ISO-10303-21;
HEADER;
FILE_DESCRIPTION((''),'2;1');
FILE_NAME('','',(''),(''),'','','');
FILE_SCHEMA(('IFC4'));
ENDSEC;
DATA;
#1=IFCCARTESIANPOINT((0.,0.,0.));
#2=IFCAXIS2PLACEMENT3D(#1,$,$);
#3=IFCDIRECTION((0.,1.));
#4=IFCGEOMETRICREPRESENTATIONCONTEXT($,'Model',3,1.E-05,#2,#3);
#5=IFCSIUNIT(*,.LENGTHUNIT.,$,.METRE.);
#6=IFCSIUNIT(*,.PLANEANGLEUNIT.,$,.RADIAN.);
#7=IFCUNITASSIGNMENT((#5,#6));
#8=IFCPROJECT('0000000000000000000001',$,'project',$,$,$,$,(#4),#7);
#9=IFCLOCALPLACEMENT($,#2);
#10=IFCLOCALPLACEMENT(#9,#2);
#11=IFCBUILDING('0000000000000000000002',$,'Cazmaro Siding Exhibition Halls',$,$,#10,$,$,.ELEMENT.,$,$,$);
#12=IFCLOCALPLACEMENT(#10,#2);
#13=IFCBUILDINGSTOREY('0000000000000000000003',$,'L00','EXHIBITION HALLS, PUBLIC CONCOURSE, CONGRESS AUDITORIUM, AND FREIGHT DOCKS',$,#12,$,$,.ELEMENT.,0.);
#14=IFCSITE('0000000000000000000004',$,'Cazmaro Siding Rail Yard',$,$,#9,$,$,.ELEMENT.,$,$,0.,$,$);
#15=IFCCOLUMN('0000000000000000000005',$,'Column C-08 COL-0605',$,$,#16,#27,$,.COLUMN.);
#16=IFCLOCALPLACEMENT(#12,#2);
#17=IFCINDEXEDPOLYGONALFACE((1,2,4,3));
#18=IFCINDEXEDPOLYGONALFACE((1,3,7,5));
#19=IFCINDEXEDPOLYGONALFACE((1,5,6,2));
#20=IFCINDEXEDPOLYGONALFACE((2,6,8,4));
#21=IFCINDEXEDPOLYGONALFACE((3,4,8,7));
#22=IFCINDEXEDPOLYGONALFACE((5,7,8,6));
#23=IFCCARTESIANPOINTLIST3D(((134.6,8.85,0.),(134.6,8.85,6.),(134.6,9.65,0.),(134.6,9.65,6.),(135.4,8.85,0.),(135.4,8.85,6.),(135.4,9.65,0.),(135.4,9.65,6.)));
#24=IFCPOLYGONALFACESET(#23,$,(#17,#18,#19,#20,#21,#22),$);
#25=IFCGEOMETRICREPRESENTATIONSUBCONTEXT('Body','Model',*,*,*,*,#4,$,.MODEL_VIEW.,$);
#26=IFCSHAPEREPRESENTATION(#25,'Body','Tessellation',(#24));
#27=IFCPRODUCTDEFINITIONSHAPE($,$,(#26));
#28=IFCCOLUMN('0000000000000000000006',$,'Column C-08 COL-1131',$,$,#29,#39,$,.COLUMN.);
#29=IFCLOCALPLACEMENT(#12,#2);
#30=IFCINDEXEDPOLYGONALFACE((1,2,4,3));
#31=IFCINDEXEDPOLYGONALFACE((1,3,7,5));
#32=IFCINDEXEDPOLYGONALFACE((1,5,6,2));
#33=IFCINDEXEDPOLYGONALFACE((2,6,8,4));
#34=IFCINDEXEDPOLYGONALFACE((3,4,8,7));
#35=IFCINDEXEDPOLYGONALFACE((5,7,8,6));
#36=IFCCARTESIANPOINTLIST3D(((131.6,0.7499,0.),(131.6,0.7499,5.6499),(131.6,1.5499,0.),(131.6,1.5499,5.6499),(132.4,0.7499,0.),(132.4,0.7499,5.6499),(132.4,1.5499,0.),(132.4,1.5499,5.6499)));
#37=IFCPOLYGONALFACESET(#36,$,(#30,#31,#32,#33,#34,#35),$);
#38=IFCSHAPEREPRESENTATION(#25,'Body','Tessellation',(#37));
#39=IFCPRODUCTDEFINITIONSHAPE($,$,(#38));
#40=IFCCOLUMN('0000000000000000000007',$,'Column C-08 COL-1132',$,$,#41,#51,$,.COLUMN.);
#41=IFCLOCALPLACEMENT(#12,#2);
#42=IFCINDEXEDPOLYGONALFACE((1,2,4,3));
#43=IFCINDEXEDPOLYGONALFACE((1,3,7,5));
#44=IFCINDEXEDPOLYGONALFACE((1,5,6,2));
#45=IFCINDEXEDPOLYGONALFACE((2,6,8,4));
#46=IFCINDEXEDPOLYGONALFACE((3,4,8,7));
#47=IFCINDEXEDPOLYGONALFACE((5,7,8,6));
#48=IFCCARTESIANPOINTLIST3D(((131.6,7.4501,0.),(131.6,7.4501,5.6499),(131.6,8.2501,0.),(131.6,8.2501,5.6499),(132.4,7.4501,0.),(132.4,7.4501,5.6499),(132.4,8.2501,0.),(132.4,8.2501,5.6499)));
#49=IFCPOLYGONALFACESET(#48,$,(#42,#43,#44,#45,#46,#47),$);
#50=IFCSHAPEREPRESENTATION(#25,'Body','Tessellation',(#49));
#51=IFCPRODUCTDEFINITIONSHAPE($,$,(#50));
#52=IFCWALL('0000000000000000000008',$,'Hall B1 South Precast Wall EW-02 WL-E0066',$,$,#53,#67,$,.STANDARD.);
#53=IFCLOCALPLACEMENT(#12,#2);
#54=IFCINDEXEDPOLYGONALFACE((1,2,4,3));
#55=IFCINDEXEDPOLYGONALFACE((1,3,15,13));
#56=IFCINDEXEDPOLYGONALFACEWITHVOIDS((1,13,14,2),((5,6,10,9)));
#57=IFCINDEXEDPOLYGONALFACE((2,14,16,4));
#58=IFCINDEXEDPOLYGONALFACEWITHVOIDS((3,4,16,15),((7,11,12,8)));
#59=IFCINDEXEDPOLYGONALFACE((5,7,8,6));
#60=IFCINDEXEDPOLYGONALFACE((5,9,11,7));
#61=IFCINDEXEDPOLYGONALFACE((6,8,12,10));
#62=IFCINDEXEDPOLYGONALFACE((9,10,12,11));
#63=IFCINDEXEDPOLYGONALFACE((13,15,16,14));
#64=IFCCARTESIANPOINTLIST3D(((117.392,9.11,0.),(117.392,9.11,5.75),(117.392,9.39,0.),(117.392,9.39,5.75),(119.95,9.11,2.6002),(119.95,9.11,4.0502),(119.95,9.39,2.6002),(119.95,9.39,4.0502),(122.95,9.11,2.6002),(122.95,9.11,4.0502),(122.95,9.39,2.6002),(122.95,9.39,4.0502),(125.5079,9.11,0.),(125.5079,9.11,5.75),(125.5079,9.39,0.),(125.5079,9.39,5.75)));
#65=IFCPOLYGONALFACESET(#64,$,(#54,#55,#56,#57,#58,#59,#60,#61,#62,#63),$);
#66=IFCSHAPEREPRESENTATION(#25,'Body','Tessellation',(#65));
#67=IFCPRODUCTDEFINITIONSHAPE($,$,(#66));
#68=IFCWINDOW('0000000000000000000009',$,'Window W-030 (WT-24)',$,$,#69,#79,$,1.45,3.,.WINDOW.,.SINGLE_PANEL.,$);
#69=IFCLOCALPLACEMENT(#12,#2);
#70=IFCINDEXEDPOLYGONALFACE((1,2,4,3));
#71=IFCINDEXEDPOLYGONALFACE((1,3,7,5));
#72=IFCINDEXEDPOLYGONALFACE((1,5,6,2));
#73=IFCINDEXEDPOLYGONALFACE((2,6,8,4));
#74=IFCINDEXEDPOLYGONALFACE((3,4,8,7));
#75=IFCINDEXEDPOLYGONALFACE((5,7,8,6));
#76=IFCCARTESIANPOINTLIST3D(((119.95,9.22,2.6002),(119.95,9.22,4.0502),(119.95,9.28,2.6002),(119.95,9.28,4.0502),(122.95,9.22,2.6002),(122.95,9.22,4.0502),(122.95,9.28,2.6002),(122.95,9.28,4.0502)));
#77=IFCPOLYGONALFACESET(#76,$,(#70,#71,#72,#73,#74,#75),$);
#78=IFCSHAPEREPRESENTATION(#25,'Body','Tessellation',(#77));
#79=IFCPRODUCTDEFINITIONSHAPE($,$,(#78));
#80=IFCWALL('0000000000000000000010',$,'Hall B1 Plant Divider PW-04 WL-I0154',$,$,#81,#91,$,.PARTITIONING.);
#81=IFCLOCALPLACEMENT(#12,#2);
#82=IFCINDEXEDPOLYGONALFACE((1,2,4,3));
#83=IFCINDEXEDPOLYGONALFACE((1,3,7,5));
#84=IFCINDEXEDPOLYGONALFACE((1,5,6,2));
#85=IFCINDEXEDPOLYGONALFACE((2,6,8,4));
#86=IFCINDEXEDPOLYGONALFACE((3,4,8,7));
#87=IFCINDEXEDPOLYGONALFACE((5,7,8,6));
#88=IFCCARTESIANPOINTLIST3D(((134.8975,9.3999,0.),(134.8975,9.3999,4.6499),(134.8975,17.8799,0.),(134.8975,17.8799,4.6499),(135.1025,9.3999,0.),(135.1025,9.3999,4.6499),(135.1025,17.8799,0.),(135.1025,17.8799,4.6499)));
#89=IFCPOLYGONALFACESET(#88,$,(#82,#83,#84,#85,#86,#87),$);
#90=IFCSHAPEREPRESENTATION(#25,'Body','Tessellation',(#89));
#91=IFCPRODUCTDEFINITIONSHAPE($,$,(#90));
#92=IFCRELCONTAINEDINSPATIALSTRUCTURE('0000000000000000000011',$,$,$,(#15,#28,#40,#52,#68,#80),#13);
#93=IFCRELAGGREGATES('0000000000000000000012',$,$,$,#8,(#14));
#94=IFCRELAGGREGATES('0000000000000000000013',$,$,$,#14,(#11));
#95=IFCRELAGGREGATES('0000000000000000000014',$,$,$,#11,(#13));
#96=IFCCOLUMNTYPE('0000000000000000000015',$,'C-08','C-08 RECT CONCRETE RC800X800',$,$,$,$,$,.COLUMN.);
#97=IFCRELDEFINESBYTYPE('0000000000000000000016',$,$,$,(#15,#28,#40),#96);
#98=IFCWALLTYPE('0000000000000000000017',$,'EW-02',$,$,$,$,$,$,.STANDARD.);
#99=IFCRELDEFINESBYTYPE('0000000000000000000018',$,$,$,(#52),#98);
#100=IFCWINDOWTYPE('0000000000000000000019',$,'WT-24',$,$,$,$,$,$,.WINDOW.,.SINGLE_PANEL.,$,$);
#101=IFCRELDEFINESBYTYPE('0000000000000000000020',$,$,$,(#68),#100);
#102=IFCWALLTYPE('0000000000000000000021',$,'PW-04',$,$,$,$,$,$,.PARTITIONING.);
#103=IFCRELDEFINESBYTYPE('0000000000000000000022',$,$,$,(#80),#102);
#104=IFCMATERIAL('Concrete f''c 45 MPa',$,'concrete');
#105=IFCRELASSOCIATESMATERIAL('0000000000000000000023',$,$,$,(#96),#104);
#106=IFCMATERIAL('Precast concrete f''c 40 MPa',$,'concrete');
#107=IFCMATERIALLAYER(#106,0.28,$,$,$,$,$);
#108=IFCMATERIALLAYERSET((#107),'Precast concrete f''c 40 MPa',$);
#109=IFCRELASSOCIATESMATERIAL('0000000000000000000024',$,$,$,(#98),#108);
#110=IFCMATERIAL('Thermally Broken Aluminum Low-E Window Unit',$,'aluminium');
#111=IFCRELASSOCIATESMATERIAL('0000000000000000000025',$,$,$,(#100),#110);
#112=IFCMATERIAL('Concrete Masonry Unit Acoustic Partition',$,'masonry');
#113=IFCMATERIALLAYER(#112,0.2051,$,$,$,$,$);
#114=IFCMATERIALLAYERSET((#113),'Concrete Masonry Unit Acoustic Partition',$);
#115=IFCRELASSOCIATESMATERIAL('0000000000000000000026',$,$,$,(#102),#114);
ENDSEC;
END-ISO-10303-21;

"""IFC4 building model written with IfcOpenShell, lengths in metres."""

from ifc_helpers import new_model, si_unit, direction, frame, frame_2d, origin, origin_2d, place, context, subcontext, project, spatial, rectangle, extrude, material, layer, layer_set, material_profile, profile_set, type_object, element, fill, save


model = new_model("IFC4")

# Units and contexts
model_context = context("Model", 3, precision=1e-05, world=origin(), true_north=direction((0.0, 1.0)))
body_context = subcontext(model_context, "Body", "Model", "MODEL_VIEW")
ifc_project = project(units=[si_unit("LENGTHUNIT", "METRE"), si_unit("PLANEANGLEUNIT", "RADIAN")], contexts=[model_context])

# Site, building, storey
site_placement = place(None, origin())
site = spatial("IfcSite", under=ifc_project, at=site_placement, Name="Cazmaro Siding Rail Yard", CompositionType="ELEMENT", RefElevation=0.0)
building_placement = place(site_placement, origin())
building = spatial("IfcBuilding", under=site, at=building_placement, Name="Cazmaro Siding Exhibition Halls", CompositionType="ELEMENT")
storey_placement = place(building_placement, origin())
storey = spatial("IfcBuildingStorey", under=building, at=storey_placement, Name="L00", Description="EXHIBITION HALLS, PUBLIC CONCOURSE, CONGRESS AUDITORIUM, AND FREIGHT DOCKS", CompositionType="ELEMENT", Elevation=0.0)

# Columns
ifc_material_1 = material(Name="Concrete f'c 45 MPa", Category="concrete")
ifc_material_profile_1 = material_profile(ifc_material_1, rectangle(XDim=0.8, YDim=0.8, at=origin_2d()), Name="RC800X800")
ifc_profile_set_1 = profile_set([ifc_material_profile_1], Name="Concrete f'c 45 MPa")
column_type_1 = type_object("IfcColumnType", Name="C-08", Description="C-08 RECT CONCRETE RC800X800", PredefinedType="COLUMN", material=ifc_profile_set_1)
column_1_placement = place(storey_placement, frame((135.0, 9.25, 0.0), z_axis=(0.0, 0.0, 1.0), x_axis=(1.0, 0.0, 0.0)))
element("IfcColumn", 1, at=column_1_placement, inside=storey, type_object=column_type_1, Name="Column C-08 COL-0605", PredefinedType="COLUMN", context=body_context, shape_type="SweptSolid", body=[
    extrude(rectangle(XDim=0.8, YDim=0.8, at=origin_2d()), origin(), (0.0, 0.0, 1.0), 6.0),
])
for number, where, z_axis, x_axis, name in (
    (2, (132.0, 1.1499, 0.0), (0.0, 0.0, 1.0), (1.0, 0.0, 0.0), "Column C-08 COL-1131"),
    (3, (132.0, 7.8501, 0.0), (0.0, 0.0, 1.0), (1.0, 0.0, 0.0), "Column C-08 COL-1132"),
):
    element("IfcColumn", number, at=place(storey_placement, frame(where, z_axis=z_axis, x_axis=x_axis)), inside=storey, type_object=column_type_1, Name=name, PredefinedType="COLUMN", context=body_context, shape_type="SweptSolid", body=[
        extrude(rectangle(XDim=0.8, YDim=0.8, at=origin_2d()), origin(), (0.0, 0.0, 1.0), 5.6499),
    ])

# Wall, opening, window
ifc_material_2 = material(Name="Precast concrete f'c 40 MPa", Category="concrete")
ifc_layer_1 = layer(ifc_material_2, 0.28)
ifc_layer_set_1 = layer_set([ifc_layer_1], Name="Precast concrete f'c 40 MPa")
wall_type_1 = type_object("IfcWallType", Name="EW-02", PredefinedType="STANDARD", material=ifc_layer_set_1)
wall_1_placement = place(storey_placement, frame((125.5081, 9.25, 0.0), z_axis=(0.0, 0.0, 1.0), x_axis=(-1.0, 0.0, 0.0)))
wall_1 = element("IfcWall", 4, at=wall_1_placement, inside=storey, type_object=wall_type_1, Name="Hall B1 South Precast Wall EW-02 WL-E0066", PredefinedType="STANDARD", context=body_context, shape_type="SweptSolid", body=[
    extrude(rectangle(XDim=8.116, YDim=0.28, at=frame_2d((4.0581, 0.0))), origin(), (0.0, 0.0, 1.0), 5.75),
])
opening_1_placement = place(wall_1_placement, frame((2.5581, 0.0, 2.6001)))
opening_1 = element("IfcOpeningElement", 5, at=opening_1_placement, cuts=wall_1, PredefinedType="OPENING", context=body_context, shape_type="SweptSolid", body=[
    extrude(rectangle(XDim=3.0, YDim=1.45, at=frame_2d((1.5, 0.7251))), frame((0.0, 0.1499, 0.0), z_axis=(0.0, -1.0, 0.0), x_axis=(1.0, 0.0, 0.0)), (0.0, 0.0, 1.0), 0.3),
])
ifc_material_3 = material(Name="Thermally Broken Aluminum Low-E Window Unit", Category="aluminium")
window_type = type_object("IfcWindowType", Name="WT-24", PartitioningType="SINGLE_PANEL", PredefinedType="WINDOW", material=ifc_material_3)
window_placement = place(opening_1_placement, origin())
window = element("IfcWindow", 6, at=window_placement, inside=storey, type_object=window_type, Name="Window W-030 (WT-24)", OverallHeight=1.45, OverallWidth=3.0, PartitioningType="SINGLE_PANEL", PredefinedType="WINDOW", context=body_context, shape_type="SweptSolid", body=[
    extrude(rectangle(XDim=3.0, YDim=1.45, at=frame_2d((1.5, 0.7251))), frame((0.0, 0.03, 0.0), z_axis=(0.0, -1.0, 0.0), x_axis=(1.0, 0.0, 0.0)), (0.0, 0.0, 1.0), 0.0601),
])
fill(opening_1, window)

# Wall
ifc_material_4 = material(Name="Concrete Masonry Unit Acoustic Partition", Category="masonry")
ifc_layer_2 = layer(ifc_material_4, 0.2051)
ifc_layer_set_2 = layer_set([ifc_layer_2], Name="Concrete Masonry Unit Acoustic Partition")
wall_type_2 = type_object("IfcWallType", Name="PW-04", PredefinedType="PARTITIONING", material=ifc_layer_set_2)
wall_2_placement = place(storey_placement, frame((135.0, 9.3999, 0.0), z_axis=(0.0, 0.0, 1.0), x_axis=(0.0, 1.0, 0.0)))
element("IfcWall", 7, at=wall_2_placement, inside=storey, type_object=wall_type_2, Name="Hall B1 Plant Divider PW-04 WL-I0154", PredefinedType="PARTITIONING", context=body_context, shape_type="SweptSolid", body=[
    extrude(rectangle(XDim=8.48, YDim=0.2051, at=frame_2d((4.24, 0.0))), origin(), (0.0, 0.0, 1.0), 4.6499),
])

save(model, "model.ifc")
